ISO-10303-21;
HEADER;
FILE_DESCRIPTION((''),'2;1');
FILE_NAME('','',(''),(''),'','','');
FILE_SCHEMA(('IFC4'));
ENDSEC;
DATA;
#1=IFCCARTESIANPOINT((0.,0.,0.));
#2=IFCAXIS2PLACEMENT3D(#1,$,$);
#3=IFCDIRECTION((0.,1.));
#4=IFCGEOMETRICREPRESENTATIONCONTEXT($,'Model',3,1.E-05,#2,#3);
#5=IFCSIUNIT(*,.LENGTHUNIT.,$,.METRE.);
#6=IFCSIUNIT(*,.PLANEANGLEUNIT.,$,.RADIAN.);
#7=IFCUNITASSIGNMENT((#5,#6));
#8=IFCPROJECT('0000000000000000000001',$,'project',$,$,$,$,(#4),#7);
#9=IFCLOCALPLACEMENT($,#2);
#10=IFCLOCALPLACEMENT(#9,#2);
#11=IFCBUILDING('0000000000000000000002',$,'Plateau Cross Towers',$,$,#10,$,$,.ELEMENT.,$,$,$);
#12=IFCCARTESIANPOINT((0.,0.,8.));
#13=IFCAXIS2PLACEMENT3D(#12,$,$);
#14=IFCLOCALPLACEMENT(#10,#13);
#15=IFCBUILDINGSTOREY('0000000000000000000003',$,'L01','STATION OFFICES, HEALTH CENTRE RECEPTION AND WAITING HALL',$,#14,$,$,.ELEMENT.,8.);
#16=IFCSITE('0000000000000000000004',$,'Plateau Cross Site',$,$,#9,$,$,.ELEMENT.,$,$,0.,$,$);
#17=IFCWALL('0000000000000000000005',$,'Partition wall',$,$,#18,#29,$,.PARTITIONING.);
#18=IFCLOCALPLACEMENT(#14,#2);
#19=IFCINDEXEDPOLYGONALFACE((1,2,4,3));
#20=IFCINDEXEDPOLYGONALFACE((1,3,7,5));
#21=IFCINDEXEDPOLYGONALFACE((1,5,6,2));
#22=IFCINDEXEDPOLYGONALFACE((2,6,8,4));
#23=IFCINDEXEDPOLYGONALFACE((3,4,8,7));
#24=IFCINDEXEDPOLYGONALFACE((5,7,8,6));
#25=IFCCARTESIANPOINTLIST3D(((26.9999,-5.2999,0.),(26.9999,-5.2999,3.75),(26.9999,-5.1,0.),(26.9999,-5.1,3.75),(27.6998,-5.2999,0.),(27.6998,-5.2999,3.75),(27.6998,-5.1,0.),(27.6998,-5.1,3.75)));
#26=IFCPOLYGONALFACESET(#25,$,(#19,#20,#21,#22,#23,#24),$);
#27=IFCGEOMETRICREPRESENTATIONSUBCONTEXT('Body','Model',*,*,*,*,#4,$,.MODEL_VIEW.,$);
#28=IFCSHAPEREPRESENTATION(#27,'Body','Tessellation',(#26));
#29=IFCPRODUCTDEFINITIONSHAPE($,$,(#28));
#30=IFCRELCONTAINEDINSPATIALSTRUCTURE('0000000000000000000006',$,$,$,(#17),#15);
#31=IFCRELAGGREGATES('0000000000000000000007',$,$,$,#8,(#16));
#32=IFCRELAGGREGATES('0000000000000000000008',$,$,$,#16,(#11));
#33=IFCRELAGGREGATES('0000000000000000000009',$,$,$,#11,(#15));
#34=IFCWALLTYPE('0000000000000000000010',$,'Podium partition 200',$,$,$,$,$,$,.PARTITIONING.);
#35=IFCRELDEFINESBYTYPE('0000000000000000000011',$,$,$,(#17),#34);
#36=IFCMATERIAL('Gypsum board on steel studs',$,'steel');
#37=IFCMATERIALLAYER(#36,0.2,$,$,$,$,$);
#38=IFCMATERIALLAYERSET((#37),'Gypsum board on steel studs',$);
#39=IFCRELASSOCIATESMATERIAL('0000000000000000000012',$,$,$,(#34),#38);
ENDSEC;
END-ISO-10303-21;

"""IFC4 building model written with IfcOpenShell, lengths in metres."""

from ifc_helpers import new_model, si_unit, direction, frame, frame_2d, origin, place, context, subcontext, project, spatial, rectangle, extrude, material, layer, layer_set, type_object, element, save


model = new_model("IFC4")

# Units and contexts
model_context = context("Model", 3, precision=1e-05, world=origin(), true_north=direction((0.0, 1.0)))
body_context = subcontext(model_context, "Body", "Model", "MODEL_VIEW")
ifc_project = project(units=[si_unit("LENGTHUNIT", "METRE"), si_unit("PLANEANGLEUNIT", "RADIAN")], contexts=[model_context])

# Site, building, storey
site_placement = place(None, origin())
site = spatial("IfcSite", under=ifc_project, at=site_placement, Name="Plateau Cross Site", CompositionType="ELEMENT", RefElevation=0.0)
building_placement = place(site_placement, origin())
building = spatial("IfcBuilding", under=site, at=building_placement, Name="Plateau Cross Towers", CompositionType="ELEMENT")
storey_placement = place(building_placement, frame((0.0, 0.0, 8.0)))
storey = spatial("IfcBuildingStorey", under=building, at=storey_placement, Name="L01", Description="STATION OFFICES, HEALTH CENTRE RECEPTION AND WAITING HALL", CompositionType="ELEMENT", Elevation=8.0)

# Shared definitions
ifc_material_1 = material(Name="Gypsum board on steel studs", Category="steel")
ifc_layer_1 = layer(ifc_material_1, 0.2)
ifc_layer_set_1 = layer_set([ifc_layer_1], Name="Gypsum board on steel studs")
wall_type = type_object("IfcWallType", Name="Podium partition 200", PredefinedType="PARTITIONING", material=ifc_layer_set_1)

# Wall
for number, where, z_axis, x_axis, name in (
    (1, (27.7, -5.2, 0.0), (0.0, 0.0, 1.0), (-1.0, 0.0, 0.0), "Partition wall"),
):
    element("IfcWall", number, at=place(storey_placement, frame(where, z_axis=z_axis, x_axis=x_axis)), inside=storey, type_object=wall_type, Name=name, PredefinedType="PARTITIONING", context=body_context, shape_type="SweptSolid", body=[
        extrude(rectangle(XDim=0.7, YDim=0.2, at=frame_2d((0.3501, 0.0))), origin(), (0.0, 0.0, 1.0), 3.75),
    ])

save(model, "model.ifc")
